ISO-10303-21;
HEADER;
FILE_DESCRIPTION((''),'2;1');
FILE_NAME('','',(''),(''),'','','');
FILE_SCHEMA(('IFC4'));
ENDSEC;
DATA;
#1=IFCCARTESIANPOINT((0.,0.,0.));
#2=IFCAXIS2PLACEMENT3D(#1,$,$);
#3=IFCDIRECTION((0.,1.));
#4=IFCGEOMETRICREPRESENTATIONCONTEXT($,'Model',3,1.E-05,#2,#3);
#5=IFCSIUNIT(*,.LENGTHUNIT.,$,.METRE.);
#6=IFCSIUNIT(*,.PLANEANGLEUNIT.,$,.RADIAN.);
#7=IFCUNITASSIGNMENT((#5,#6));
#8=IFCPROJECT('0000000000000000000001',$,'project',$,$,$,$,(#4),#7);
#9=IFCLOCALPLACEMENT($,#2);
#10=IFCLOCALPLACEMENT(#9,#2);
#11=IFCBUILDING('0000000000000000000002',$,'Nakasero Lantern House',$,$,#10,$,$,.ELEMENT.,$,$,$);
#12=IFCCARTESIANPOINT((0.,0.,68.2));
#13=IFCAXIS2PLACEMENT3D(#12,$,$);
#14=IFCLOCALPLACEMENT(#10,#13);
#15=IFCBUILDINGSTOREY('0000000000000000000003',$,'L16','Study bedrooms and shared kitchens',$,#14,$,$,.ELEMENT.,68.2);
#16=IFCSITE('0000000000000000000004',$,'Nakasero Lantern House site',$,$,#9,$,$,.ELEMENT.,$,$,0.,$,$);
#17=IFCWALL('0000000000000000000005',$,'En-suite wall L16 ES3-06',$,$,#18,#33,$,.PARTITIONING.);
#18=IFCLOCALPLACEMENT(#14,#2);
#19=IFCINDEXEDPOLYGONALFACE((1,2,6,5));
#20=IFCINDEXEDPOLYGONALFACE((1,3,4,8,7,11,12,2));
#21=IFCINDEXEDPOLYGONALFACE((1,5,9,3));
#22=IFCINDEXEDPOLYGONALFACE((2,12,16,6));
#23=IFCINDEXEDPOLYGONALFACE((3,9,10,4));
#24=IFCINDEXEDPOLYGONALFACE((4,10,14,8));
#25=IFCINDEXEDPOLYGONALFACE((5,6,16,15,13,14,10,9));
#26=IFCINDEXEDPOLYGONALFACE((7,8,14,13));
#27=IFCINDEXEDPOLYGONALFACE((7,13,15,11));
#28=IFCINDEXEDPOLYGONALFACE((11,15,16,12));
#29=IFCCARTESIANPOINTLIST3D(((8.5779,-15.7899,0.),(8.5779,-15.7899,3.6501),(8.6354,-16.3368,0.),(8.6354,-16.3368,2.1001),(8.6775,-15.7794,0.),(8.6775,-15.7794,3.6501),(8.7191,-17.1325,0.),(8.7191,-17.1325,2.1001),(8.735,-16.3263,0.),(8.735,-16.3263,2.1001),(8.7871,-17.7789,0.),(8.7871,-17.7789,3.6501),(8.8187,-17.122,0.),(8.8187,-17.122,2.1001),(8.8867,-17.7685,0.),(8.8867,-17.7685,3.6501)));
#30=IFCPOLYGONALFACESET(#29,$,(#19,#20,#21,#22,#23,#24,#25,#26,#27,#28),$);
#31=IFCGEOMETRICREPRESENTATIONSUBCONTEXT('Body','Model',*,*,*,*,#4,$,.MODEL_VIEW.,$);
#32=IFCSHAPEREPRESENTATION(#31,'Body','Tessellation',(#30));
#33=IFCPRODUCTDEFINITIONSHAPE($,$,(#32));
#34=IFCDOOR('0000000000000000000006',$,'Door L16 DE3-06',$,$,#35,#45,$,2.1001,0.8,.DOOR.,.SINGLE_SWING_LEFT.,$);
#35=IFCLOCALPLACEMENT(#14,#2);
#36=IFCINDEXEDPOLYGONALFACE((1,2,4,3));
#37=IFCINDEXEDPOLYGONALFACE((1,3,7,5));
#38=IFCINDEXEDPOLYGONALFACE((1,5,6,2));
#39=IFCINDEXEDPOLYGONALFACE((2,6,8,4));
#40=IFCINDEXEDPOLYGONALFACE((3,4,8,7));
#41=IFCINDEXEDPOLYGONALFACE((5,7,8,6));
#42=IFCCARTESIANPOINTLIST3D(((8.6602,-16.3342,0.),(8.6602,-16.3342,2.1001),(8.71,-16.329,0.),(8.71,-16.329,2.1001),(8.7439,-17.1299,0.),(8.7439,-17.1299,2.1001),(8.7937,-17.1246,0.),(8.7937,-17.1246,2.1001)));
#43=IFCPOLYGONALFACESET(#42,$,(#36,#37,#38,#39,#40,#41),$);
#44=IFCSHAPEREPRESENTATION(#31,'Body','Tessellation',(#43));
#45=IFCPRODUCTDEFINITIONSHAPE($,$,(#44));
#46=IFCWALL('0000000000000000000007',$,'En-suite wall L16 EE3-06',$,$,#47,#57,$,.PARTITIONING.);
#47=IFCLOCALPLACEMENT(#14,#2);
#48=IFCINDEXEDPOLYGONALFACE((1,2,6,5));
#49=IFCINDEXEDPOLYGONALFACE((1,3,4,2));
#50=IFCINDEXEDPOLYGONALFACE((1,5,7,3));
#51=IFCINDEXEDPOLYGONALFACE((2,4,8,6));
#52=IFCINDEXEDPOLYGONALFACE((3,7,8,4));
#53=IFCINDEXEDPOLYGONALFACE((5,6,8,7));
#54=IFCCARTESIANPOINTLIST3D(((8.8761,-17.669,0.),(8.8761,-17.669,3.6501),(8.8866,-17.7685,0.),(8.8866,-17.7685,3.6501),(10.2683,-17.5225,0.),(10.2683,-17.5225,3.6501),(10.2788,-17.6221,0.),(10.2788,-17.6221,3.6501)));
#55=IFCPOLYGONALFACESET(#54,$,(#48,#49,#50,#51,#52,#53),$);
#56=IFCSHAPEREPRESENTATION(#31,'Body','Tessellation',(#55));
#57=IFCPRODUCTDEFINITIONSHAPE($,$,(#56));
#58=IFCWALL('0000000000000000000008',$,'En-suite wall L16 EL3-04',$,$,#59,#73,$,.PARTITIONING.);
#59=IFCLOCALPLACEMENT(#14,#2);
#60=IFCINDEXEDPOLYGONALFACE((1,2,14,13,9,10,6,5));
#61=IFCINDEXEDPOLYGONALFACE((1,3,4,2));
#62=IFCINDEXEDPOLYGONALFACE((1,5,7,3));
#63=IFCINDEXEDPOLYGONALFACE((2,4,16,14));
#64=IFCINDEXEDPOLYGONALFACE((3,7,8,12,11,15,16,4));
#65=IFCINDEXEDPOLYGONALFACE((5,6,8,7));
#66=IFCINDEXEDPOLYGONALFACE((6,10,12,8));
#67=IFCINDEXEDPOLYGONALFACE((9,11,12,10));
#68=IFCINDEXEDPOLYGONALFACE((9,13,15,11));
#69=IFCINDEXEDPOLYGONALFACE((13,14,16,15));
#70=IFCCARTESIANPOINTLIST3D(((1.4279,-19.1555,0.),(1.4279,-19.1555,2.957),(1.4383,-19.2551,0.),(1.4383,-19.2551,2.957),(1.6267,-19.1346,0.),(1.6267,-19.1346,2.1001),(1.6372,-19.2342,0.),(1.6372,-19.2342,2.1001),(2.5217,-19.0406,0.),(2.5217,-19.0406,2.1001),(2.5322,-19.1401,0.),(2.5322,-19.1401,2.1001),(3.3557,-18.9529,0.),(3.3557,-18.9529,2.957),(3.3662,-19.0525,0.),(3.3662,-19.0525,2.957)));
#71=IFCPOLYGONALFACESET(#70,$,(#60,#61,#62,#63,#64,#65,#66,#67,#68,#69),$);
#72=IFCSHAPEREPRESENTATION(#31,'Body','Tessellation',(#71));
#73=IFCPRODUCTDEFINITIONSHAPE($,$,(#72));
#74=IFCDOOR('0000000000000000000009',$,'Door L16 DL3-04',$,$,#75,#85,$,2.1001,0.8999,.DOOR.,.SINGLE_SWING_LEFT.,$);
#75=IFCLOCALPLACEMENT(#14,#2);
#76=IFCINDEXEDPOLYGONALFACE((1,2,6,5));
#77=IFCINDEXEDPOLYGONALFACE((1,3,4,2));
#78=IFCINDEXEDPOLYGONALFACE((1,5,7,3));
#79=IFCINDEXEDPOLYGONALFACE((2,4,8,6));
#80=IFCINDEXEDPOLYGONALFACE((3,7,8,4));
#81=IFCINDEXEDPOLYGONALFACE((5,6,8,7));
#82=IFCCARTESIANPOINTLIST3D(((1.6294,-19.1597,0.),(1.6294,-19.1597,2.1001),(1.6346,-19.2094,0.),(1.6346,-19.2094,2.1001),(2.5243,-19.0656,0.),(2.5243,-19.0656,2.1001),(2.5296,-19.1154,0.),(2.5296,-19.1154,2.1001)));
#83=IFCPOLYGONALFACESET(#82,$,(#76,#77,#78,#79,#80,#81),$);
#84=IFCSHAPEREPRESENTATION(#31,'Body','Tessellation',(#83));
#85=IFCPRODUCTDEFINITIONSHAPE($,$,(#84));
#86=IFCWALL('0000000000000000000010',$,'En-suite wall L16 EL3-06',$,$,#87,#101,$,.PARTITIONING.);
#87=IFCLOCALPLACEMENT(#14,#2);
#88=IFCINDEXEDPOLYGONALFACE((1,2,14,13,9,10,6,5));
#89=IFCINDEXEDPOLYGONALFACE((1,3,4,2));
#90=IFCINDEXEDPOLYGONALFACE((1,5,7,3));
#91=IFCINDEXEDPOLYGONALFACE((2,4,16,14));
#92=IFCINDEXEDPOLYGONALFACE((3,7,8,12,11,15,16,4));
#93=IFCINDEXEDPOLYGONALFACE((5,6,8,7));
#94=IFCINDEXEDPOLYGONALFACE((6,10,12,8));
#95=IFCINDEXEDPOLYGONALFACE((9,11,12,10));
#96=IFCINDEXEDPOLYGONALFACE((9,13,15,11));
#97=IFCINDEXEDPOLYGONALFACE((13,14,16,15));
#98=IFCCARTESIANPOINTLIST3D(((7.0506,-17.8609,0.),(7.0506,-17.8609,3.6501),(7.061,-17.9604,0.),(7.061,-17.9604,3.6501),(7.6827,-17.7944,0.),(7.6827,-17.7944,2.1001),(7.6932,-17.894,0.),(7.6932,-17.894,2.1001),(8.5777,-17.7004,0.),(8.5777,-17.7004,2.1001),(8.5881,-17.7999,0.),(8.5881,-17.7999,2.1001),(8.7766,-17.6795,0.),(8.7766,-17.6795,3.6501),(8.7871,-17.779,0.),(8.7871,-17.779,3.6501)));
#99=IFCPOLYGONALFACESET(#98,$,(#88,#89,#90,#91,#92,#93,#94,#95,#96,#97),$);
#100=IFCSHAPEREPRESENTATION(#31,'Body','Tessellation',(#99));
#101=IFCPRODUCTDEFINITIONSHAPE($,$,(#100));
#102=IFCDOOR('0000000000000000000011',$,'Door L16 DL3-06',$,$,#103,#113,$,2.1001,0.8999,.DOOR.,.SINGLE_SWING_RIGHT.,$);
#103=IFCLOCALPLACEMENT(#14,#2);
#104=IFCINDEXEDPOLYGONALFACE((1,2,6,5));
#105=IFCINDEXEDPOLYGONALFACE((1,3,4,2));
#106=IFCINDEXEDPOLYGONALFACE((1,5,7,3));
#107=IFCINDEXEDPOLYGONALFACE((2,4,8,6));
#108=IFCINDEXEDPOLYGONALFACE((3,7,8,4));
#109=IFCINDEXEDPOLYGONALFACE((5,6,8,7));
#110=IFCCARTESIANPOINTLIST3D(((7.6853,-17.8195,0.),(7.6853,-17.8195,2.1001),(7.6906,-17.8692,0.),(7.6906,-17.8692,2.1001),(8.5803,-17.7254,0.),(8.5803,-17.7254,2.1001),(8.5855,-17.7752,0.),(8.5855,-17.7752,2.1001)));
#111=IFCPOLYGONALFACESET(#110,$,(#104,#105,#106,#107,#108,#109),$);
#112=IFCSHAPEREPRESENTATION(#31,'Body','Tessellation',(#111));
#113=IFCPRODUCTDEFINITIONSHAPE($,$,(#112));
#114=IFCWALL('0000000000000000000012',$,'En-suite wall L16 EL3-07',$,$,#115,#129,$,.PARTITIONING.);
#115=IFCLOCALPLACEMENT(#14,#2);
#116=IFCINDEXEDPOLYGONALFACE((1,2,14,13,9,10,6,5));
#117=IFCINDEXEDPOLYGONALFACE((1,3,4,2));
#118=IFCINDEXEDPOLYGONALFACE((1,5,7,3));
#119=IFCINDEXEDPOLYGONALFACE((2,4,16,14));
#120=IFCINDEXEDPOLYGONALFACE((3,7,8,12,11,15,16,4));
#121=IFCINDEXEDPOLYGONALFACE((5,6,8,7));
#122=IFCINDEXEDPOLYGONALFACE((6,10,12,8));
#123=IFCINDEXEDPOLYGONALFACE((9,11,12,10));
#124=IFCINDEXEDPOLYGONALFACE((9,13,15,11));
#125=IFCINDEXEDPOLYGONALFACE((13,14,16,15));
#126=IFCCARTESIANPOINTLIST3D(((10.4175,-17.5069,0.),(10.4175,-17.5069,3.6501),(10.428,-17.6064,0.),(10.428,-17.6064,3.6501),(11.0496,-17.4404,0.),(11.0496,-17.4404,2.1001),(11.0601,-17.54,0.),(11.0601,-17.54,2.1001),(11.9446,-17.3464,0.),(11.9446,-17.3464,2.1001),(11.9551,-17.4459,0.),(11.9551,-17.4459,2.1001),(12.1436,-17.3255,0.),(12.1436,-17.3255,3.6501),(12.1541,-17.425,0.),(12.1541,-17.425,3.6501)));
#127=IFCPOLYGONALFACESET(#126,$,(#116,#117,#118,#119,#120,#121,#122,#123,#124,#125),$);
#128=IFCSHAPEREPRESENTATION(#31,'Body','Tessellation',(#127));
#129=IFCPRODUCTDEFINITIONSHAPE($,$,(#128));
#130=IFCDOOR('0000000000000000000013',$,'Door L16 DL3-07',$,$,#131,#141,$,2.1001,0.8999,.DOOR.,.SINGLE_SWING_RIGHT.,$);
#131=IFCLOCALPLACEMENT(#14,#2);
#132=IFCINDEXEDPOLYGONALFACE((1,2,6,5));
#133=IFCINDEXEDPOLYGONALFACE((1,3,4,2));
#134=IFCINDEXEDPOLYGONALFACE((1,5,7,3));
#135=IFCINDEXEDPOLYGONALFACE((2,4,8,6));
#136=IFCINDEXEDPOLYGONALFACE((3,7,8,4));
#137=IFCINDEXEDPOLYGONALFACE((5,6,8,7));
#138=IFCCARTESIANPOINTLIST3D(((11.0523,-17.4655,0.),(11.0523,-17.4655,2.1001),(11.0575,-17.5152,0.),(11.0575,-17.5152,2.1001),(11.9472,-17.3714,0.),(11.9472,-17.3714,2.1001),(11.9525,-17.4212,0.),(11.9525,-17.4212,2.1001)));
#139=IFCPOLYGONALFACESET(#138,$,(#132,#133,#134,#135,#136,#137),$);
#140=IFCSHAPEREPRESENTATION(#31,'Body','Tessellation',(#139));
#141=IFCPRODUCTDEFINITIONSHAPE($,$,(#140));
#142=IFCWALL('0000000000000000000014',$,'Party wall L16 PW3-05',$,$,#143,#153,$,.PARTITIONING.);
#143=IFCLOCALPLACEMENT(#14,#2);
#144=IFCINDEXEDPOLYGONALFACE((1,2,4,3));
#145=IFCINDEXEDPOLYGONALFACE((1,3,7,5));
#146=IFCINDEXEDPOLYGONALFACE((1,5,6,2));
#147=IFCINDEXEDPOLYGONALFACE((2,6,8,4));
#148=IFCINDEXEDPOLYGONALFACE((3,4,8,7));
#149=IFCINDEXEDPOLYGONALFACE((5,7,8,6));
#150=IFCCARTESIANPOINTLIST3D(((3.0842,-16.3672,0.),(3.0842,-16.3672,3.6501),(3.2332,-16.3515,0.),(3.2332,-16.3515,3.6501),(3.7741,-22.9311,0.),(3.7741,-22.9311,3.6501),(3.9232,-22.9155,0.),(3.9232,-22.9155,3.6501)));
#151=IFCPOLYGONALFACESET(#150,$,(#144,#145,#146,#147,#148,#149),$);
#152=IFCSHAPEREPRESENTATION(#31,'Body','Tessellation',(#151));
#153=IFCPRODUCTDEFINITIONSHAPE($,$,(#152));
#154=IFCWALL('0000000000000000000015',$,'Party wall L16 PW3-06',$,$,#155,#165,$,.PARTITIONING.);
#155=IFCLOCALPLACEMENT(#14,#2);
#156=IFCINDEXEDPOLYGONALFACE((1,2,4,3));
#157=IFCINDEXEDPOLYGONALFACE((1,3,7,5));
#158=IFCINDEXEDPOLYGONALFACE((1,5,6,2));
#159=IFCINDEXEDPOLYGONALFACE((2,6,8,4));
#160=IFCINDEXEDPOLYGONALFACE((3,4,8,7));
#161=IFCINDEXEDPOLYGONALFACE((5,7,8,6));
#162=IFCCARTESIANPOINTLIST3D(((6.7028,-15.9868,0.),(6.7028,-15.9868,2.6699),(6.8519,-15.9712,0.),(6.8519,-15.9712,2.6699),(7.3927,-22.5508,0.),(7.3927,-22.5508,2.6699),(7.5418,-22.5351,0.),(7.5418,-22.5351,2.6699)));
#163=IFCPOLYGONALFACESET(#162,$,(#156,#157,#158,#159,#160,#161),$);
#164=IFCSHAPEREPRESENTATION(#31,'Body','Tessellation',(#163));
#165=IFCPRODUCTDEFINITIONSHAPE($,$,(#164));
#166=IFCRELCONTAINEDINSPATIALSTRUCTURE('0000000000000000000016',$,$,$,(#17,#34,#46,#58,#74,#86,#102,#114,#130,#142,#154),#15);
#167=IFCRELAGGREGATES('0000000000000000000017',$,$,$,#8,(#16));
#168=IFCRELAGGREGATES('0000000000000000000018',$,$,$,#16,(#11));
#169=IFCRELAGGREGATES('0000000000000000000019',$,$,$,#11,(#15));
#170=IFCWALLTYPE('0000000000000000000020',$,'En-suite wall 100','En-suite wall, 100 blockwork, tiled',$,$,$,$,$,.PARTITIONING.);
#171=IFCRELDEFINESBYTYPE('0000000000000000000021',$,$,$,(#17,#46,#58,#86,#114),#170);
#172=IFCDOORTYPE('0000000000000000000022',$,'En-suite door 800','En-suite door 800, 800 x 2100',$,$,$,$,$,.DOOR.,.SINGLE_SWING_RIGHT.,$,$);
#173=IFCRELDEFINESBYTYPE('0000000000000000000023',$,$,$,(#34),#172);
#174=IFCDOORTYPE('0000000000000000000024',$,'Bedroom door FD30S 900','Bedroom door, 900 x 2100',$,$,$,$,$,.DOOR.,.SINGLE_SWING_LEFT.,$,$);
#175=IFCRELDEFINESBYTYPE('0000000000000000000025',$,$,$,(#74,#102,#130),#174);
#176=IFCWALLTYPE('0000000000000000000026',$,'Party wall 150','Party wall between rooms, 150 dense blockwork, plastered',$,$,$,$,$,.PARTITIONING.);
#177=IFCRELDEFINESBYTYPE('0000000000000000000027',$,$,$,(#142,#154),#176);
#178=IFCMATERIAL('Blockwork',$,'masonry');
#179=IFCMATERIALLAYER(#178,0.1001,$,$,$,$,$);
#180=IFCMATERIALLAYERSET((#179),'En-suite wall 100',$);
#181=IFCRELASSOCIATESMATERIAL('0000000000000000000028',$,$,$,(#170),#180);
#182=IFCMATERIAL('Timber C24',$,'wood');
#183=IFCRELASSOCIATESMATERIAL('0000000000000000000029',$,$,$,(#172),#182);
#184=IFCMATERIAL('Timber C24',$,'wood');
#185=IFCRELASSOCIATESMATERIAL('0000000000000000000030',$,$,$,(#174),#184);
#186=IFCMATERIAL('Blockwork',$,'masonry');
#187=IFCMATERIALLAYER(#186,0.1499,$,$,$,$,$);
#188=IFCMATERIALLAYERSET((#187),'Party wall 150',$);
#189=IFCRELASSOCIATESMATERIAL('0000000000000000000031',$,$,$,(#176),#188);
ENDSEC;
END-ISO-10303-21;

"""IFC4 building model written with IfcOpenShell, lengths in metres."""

from ifc_helpers import new_model, si_unit, direction, frame, frame_2d, origin, place, context, subcontext, project, spatial, rectangle, extrude, material, layer, layer_set, type_object, element, fill, save


model = new_model("IFC4")

# Units and contexts
model_context = context("Model", 3, precision=1e-05, world=origin(), true_north=direction((0.0, 1.0)))
body_context = subcontext(model_context, "Body", "Model", "MODEL_VIEW")
ifc_project = project(units=[si_unit("LENGTHUNIT", "METRE"), si_unit("PLANEANGLEUNIT", "RADIAN")], contexts=[model_context])

# Site, building, storey
site_placement = place(None, origin())
site = spatial("IfcSite", under=ifc_project, at=site_placement, Name="Nakasero Lantern House site", CompositionType="ELEMENT", RefElevation=0.0)
building_placement = place(site_placement, origin())
building = spatial("IfcBuilding", under=site, at=building_placement, Name="Nakasero Lantern House", CompositionType="ELEMENT")
storey_placement = place(building_placement, frame((0.0, 0.0, 68.2)))
storey = spatial("IfcBuildingStorey", under=building, at=storey_placement, Name="L16", Description="Study bedrooms and shared kitchens", CompositionType="ELEMENT", Elevation=68.2)

# Shared definitions
ifc_material_1 = material(Name="Blockwork", Category="masonry")
ifc_layer_1 = layer(ifc_material_1, 0.1001)
ifc_layer_set_1 = layer_set([ifc_layer_1], Name="En-suite wall 100")
wall_type_1 = type_object("IfcWallType", Name="En-suite wall 100", Description="En-suite wall, 100 blockwork, tiled", PredefinedType="PARTITIONING", material=ifc_layer_set_1)
ifc_material_2 = material(Name="Timber C24", Category="wood")
door_type_1 = type_object("IfcDoorType", Name="En-suite door 800", Description="En-suite door 800, 800 x 2100", OperationType="SINGLE_SWING_RIGHT", PredefinedType="DOOR", material=ifc_material_2)

# Wall, opening, door
wall_1_placement = place(storey_placement, frame((8.6277, -15.7847, 0.0), z_axis=(0.0, 0.0, 1.0), x_axis=(0.104615, -0.994513, 0.0)))
wall_1 = element("IfcWall", 1, at=wall_1_placement, inside=storey, type_object=wall_type_1, Name="En-suite wall L16 ES3-06", PredefinedType="PARTITIONING", context=body_context, shape_type="SweptSolid", body=[
    extrude(rectangle(XDim=2.0, YDim=0.1001, at=frame_2d((1.0, 0.0))), origin(), (0.0, 0.0, 1.0), 3.6501),
])
opening_1_placement = place(wall_1_placement, frame((0.55, 0.0, 0.0)))
opening_1 = element("IfcOpeningElement", 2, at=opening_1_placement, cuts=wall_1, PredefinedType="OPENING", context=body_context, shape_type="SweptSolid", body=[
    extrude(rectangle(XDim=0.8, YDim=2.1001, at=frame_2d((0.3999, 1.05))), frame((0.0, 0.0701, 0.0), z_axis=(0.0, -1.0, 0.0), x_axis=(1.0, 0.0, 0.0)), (0.0, 0.0, 1.0), 0.1401),
])
door_1_placement = place(opening_1_placement, origin())
door_1 = element("IfcDoor", 3, at=door_1_placement, inside=storey, type_object=door_type_1, Name="Door L16 DE3-06", OperationType="SINGLE_SWING_LEFT", OverallHeight=2.1001, OverallWidth=0.8, PredefinedType="DOOR", context=body_context, shape_type="SweptSolid", body=[
    extrude(rectangle(XDim=0.8, YDim=2.1001, at=frame_2d((0.3999, 1.05))), frame((0.0, 0.0249, 0.0), z_axis=(0.0, -1.0, 0.0), x_axis=(1.0, 0.0, 0.0)), (0.0, 0.0, 1.0), 0.05),
])
fill(opening_1, door_1)

# Wall
wall_2_placement = place(storey_placement, frame((8.8813, -17.7188, 0.0), z_axis=(0.0, 0.0, 1.0), x_axis=(0.994511, 0.10463, 0.0)))
element("IfcWall", 4, at=wall_2_placement, inside=storey, type_object=wall_type_1, Name="En-suite wall L16 EE3-06", PredefinedType="PARTITIONING", context=body_context, shape_type="SweptSolid", body=[
    extrude(rectangle(XDim=1.3999, YDim=0.1001, at=frame_2d((0.7, 0.0))), origin(), (0.0, 0.0, 1.0), 3.6501),
])

# Walls, openings, doors
wall_3_placement = place(storey_placement, frame((1.4331, -19.2053, 0.0), z_axis=(0.0, 0.0, 1.0), x_axis=(0.994522, 0.104527, 0.0)))
wall_3 = element("IfcWall", 5, at=wall_3_placement, inside=storey, type_object=wall_type_1, Name="En-suite wall L16 EL3-04", PredefinedType="PARTITIONING", context=body_context, shape_type="SweptSolid", body=[
    extrude(rectangle(XDim=1.9385, YDim=0.1001, at=frame_2d((0.9692, 0.0))), origin(), (0.0, 0.0, 1.0), 2.957),
])
opening_2_placement = place(wall_3_placement, frame((0.2, 0.0, 0.0)))
opening_2 = element("IfcOpeningElement", 6, at=opening_2_placement, cuts=wall_3, PredefinedType="OPENING", context=body_context, shape_type="SweptSolid", body=[
    extrude(rectangle(XDim=0.8999, YDim=2.1001, at=frame_2d((0.45, 1.05))), frame((0.0, 0.0701, 0.0), z_axis=(0.0, -1.0, 0.0), x_axis=(1.0, 0.0, 0.0)), (0.0, 0.0, 1.0), 0.1401),
])
ifc_material_3 = material(Name="Timber C24", Category="wood")
door_type_2 = type_object("IfcDoorType", Name="Bedroom door FD30S 900", Description="Bedroom door, 900 x 2100", OperationType="SINGLE_SWING_LEFT", PredefinedType="DOOR", material=ifc_material_3)
door_2_placement = place(opening_2_placement, origin())
door_2 = element("IfcDoor", 7, at=door_2_placement, inside=storey, type_object=door_type_2, Name="Door L16 DL3-04", OperationType="SINGLE_SWING_LEFT", OverallHeight=2.1001, OverallWidth=0.8999, PredefinedType="DOOR", context=body_context, shape_type="SweptSolid", body=[
    extrude(rectangle(XDim=0.8999, YDim=2.1001, at=frame_2d((0.45, 1.05))), frame((0.0, 0.0249, 0.0), z_axis=(0.0, -1.0, 0.0), x_axis=(1.0, 0.0, 0.0)), (0.0, 0.0, 1.0), 0.05),
])
fill(opening_2, door_2)
wall_4_placement = place(storey_placement, frame((7.0559, -17.9106, 0.0), z_axis=(0.0, 0.0, 1.0), x_axis=(0.994523, 0.104516, 0.0)))
wall_4 = element("IfcWall", 8, at=wall_4_placement, inside=storey, type_object=wall_type_1, Name="En-suite wall L16 EL3-06", PredefinedType="PARTITIONING", context=body_context, shape_type="SweptSolid", body=[
    extrude(rectangle(XDim=1.7356, YDim=0.1001, at=frame_2d((0.8677, 0.0))), origin(), (0.0, 0.0, 1.0), 3.6501),
])
opening_3_placement = place(wall_4_placement, frame((0.6355, 0.0, 0.0)))
opening_3 = element("IfcOpeningElement", 9, at=opening_3_placement, cuts=wall_4, PredefinedType="OPENING", context=body_context, shape_type="SweptSolid", body=[
    extrude(rectangle(XDim=0.8999, YDim=2.1001, at=frame_2d((0.45, 1.05))), frame((0.0, 0.0701, 0.0), z_axis=(0.0, -1.0, 0.0), x_axis=(1.0, 0.0, 0.0)), (0.0, 0.0, 1.0), 0.1401),
])
door_3_placement = place(opening_3_placement, origin())
door_3 = element("IfcDoor", 10, at=door_3_placement, inside=storey, type_object=door_type_2, Name="Door L16 DL3-06", OperationType="SINGLE_SWING_RIGHT", OverallHeight=2.1001, OverallWidth=0.8999, PredefinedType="DOOR", context=body_context, shape_type="SweptSolid", body=[
    extrude(rectangle(XDim=0.8999, YDim=2.1001, at=frame_2d((0.45, 1.05))), frame((0.0, 0.0249, 0.0), z_axis=(0.0, -1.0, 0.0), x_axis=(1.0, 0.0, 0.0)), (0.0, 0.0, 1.0), 0.05),
])
fill(opening_3, door_3)
wall_5_placement = place(storey_placement, frame((10.4229, -17.5566, 0.0), z_axis=(0.0, 0.0, 1.0), x_axis=(0.994523, 0.104516, 0.0)))
wall_5 = element("IfcWall", 11, at=wall_5_placement, inside=storey, type_object=wall_type_1, Name="En-suite wall L16 EL3-07", PredefinedType="PARTITIONING", context=body_context, shape_type="SweptSolid", body=[
    extrude(rectangle(XDim=1.7356, YDim=0.1001, at=frame_2d((0.8677, 0.0))), origin(), (0.0, 0.0, 1.0), 3.6501),
])
opening_4_placement = place(wall_5_placement, frame((0.6355, 0.0, 0.0)))
opening_4 = element("IfcOpeningElement", 12, at=opening_4_placement, cuts=wall_5, PredefinedType="OPENING", context=body_context, shape_type="SweptSolid", body=[
    extrude(rectangle(XDim=0.8999, YDim=2.1001, at=frame_2d((0.45, 1.05))), frame((0.0, 0.0701, 0.0), z_axis=(0.0, -1.0, 0.0), x_axis=(1.0, 0.0, 0.0)), (0.0, 0.0, 1.0), 0.1401),
])
door_4_placement = place(opening_4_placement, origin())
door_4 = element("IfcDoor", 13, at=door_4_placement, inside=storey, type_object=door_type_2, Name="Door L16 DL3-07", OperationType="SINGLE_SWING_RIGHT", OverallHeight=2.1001, OverallWidth=0.8999, PredefinedType="DOOR", context=body_context, shape_type="SweptSolid", body=[
    extrude(rectangle(XDim=0.8999, YDim=2.1001, at=frame_2d((0.45, 1.05))), frame((0.0, 0.0249, 0.0), z_axis=(0.0, -1.0, 0.0), x_axis=(1.0, 0.0, 0.0)), (0.0, 0.0, 1.0), 0.05),
])
fill(opening_4, door_4)

# Walls
ifc_material_4 = material(Name="Blockwork", Category="masonry")
ifc_layer_2 = layer(ifc_material_4, 0.1499)
ifc_layer_set_2 = layer_set([ifc_layer_2], Name="Party wall 150")
wall_type_2 = type_object("IfcWallType", Name="Party wall 150", Description="Party wall between rooms, 150 dense blockwork, plastered", PredefinedType="PARTITIONING", material=ifc_layer_set_2)
wall_6_placement = place(storey_placement, frame((3.1587, -16.3594, 0.0), z_axis=(0.0, 0.0, 1.0), x_axis=(0.104535, -0.994521, 0.0)))
element("IfcWall", 14, at=wall_6_placement, inside=storey, type_object=wall_type_2, Name="Party wall L16 PW3-05", PredefinedType="PARTITIONING", context=body_context, shape_type="SweptSolid", body=[
    extrude(rectangle(XDim=6.6001, YDim=0.1499, at=frame_2d((3.3, 0.0))), origin(), (0.0, 0.0, 1.0), 3.6501),
])
wall_7_placement = place(storey_placement, frame((6.7773, -15.979, 0.0), z_axis=(0.0, 0.0, 1.0), x_axis=(0.104535, -0.994521, 0.0)))
element("IfcWall", 15, at=wall_7_placement, inside=storey, type_object=wall_type_2, Name="Party wall L16 PW3-06", PredefinedType="PARTITIONING", context=body_context, shape_type="SweptSolid", body=[
    extrude(rectangle(XDim=6.6001, YDim=0.1499, at=frame_2d((3.3, 0.0))), origin(), (0.0, 0.0, 1.0), 2.6699),
])

save(model, "model.ifc")
